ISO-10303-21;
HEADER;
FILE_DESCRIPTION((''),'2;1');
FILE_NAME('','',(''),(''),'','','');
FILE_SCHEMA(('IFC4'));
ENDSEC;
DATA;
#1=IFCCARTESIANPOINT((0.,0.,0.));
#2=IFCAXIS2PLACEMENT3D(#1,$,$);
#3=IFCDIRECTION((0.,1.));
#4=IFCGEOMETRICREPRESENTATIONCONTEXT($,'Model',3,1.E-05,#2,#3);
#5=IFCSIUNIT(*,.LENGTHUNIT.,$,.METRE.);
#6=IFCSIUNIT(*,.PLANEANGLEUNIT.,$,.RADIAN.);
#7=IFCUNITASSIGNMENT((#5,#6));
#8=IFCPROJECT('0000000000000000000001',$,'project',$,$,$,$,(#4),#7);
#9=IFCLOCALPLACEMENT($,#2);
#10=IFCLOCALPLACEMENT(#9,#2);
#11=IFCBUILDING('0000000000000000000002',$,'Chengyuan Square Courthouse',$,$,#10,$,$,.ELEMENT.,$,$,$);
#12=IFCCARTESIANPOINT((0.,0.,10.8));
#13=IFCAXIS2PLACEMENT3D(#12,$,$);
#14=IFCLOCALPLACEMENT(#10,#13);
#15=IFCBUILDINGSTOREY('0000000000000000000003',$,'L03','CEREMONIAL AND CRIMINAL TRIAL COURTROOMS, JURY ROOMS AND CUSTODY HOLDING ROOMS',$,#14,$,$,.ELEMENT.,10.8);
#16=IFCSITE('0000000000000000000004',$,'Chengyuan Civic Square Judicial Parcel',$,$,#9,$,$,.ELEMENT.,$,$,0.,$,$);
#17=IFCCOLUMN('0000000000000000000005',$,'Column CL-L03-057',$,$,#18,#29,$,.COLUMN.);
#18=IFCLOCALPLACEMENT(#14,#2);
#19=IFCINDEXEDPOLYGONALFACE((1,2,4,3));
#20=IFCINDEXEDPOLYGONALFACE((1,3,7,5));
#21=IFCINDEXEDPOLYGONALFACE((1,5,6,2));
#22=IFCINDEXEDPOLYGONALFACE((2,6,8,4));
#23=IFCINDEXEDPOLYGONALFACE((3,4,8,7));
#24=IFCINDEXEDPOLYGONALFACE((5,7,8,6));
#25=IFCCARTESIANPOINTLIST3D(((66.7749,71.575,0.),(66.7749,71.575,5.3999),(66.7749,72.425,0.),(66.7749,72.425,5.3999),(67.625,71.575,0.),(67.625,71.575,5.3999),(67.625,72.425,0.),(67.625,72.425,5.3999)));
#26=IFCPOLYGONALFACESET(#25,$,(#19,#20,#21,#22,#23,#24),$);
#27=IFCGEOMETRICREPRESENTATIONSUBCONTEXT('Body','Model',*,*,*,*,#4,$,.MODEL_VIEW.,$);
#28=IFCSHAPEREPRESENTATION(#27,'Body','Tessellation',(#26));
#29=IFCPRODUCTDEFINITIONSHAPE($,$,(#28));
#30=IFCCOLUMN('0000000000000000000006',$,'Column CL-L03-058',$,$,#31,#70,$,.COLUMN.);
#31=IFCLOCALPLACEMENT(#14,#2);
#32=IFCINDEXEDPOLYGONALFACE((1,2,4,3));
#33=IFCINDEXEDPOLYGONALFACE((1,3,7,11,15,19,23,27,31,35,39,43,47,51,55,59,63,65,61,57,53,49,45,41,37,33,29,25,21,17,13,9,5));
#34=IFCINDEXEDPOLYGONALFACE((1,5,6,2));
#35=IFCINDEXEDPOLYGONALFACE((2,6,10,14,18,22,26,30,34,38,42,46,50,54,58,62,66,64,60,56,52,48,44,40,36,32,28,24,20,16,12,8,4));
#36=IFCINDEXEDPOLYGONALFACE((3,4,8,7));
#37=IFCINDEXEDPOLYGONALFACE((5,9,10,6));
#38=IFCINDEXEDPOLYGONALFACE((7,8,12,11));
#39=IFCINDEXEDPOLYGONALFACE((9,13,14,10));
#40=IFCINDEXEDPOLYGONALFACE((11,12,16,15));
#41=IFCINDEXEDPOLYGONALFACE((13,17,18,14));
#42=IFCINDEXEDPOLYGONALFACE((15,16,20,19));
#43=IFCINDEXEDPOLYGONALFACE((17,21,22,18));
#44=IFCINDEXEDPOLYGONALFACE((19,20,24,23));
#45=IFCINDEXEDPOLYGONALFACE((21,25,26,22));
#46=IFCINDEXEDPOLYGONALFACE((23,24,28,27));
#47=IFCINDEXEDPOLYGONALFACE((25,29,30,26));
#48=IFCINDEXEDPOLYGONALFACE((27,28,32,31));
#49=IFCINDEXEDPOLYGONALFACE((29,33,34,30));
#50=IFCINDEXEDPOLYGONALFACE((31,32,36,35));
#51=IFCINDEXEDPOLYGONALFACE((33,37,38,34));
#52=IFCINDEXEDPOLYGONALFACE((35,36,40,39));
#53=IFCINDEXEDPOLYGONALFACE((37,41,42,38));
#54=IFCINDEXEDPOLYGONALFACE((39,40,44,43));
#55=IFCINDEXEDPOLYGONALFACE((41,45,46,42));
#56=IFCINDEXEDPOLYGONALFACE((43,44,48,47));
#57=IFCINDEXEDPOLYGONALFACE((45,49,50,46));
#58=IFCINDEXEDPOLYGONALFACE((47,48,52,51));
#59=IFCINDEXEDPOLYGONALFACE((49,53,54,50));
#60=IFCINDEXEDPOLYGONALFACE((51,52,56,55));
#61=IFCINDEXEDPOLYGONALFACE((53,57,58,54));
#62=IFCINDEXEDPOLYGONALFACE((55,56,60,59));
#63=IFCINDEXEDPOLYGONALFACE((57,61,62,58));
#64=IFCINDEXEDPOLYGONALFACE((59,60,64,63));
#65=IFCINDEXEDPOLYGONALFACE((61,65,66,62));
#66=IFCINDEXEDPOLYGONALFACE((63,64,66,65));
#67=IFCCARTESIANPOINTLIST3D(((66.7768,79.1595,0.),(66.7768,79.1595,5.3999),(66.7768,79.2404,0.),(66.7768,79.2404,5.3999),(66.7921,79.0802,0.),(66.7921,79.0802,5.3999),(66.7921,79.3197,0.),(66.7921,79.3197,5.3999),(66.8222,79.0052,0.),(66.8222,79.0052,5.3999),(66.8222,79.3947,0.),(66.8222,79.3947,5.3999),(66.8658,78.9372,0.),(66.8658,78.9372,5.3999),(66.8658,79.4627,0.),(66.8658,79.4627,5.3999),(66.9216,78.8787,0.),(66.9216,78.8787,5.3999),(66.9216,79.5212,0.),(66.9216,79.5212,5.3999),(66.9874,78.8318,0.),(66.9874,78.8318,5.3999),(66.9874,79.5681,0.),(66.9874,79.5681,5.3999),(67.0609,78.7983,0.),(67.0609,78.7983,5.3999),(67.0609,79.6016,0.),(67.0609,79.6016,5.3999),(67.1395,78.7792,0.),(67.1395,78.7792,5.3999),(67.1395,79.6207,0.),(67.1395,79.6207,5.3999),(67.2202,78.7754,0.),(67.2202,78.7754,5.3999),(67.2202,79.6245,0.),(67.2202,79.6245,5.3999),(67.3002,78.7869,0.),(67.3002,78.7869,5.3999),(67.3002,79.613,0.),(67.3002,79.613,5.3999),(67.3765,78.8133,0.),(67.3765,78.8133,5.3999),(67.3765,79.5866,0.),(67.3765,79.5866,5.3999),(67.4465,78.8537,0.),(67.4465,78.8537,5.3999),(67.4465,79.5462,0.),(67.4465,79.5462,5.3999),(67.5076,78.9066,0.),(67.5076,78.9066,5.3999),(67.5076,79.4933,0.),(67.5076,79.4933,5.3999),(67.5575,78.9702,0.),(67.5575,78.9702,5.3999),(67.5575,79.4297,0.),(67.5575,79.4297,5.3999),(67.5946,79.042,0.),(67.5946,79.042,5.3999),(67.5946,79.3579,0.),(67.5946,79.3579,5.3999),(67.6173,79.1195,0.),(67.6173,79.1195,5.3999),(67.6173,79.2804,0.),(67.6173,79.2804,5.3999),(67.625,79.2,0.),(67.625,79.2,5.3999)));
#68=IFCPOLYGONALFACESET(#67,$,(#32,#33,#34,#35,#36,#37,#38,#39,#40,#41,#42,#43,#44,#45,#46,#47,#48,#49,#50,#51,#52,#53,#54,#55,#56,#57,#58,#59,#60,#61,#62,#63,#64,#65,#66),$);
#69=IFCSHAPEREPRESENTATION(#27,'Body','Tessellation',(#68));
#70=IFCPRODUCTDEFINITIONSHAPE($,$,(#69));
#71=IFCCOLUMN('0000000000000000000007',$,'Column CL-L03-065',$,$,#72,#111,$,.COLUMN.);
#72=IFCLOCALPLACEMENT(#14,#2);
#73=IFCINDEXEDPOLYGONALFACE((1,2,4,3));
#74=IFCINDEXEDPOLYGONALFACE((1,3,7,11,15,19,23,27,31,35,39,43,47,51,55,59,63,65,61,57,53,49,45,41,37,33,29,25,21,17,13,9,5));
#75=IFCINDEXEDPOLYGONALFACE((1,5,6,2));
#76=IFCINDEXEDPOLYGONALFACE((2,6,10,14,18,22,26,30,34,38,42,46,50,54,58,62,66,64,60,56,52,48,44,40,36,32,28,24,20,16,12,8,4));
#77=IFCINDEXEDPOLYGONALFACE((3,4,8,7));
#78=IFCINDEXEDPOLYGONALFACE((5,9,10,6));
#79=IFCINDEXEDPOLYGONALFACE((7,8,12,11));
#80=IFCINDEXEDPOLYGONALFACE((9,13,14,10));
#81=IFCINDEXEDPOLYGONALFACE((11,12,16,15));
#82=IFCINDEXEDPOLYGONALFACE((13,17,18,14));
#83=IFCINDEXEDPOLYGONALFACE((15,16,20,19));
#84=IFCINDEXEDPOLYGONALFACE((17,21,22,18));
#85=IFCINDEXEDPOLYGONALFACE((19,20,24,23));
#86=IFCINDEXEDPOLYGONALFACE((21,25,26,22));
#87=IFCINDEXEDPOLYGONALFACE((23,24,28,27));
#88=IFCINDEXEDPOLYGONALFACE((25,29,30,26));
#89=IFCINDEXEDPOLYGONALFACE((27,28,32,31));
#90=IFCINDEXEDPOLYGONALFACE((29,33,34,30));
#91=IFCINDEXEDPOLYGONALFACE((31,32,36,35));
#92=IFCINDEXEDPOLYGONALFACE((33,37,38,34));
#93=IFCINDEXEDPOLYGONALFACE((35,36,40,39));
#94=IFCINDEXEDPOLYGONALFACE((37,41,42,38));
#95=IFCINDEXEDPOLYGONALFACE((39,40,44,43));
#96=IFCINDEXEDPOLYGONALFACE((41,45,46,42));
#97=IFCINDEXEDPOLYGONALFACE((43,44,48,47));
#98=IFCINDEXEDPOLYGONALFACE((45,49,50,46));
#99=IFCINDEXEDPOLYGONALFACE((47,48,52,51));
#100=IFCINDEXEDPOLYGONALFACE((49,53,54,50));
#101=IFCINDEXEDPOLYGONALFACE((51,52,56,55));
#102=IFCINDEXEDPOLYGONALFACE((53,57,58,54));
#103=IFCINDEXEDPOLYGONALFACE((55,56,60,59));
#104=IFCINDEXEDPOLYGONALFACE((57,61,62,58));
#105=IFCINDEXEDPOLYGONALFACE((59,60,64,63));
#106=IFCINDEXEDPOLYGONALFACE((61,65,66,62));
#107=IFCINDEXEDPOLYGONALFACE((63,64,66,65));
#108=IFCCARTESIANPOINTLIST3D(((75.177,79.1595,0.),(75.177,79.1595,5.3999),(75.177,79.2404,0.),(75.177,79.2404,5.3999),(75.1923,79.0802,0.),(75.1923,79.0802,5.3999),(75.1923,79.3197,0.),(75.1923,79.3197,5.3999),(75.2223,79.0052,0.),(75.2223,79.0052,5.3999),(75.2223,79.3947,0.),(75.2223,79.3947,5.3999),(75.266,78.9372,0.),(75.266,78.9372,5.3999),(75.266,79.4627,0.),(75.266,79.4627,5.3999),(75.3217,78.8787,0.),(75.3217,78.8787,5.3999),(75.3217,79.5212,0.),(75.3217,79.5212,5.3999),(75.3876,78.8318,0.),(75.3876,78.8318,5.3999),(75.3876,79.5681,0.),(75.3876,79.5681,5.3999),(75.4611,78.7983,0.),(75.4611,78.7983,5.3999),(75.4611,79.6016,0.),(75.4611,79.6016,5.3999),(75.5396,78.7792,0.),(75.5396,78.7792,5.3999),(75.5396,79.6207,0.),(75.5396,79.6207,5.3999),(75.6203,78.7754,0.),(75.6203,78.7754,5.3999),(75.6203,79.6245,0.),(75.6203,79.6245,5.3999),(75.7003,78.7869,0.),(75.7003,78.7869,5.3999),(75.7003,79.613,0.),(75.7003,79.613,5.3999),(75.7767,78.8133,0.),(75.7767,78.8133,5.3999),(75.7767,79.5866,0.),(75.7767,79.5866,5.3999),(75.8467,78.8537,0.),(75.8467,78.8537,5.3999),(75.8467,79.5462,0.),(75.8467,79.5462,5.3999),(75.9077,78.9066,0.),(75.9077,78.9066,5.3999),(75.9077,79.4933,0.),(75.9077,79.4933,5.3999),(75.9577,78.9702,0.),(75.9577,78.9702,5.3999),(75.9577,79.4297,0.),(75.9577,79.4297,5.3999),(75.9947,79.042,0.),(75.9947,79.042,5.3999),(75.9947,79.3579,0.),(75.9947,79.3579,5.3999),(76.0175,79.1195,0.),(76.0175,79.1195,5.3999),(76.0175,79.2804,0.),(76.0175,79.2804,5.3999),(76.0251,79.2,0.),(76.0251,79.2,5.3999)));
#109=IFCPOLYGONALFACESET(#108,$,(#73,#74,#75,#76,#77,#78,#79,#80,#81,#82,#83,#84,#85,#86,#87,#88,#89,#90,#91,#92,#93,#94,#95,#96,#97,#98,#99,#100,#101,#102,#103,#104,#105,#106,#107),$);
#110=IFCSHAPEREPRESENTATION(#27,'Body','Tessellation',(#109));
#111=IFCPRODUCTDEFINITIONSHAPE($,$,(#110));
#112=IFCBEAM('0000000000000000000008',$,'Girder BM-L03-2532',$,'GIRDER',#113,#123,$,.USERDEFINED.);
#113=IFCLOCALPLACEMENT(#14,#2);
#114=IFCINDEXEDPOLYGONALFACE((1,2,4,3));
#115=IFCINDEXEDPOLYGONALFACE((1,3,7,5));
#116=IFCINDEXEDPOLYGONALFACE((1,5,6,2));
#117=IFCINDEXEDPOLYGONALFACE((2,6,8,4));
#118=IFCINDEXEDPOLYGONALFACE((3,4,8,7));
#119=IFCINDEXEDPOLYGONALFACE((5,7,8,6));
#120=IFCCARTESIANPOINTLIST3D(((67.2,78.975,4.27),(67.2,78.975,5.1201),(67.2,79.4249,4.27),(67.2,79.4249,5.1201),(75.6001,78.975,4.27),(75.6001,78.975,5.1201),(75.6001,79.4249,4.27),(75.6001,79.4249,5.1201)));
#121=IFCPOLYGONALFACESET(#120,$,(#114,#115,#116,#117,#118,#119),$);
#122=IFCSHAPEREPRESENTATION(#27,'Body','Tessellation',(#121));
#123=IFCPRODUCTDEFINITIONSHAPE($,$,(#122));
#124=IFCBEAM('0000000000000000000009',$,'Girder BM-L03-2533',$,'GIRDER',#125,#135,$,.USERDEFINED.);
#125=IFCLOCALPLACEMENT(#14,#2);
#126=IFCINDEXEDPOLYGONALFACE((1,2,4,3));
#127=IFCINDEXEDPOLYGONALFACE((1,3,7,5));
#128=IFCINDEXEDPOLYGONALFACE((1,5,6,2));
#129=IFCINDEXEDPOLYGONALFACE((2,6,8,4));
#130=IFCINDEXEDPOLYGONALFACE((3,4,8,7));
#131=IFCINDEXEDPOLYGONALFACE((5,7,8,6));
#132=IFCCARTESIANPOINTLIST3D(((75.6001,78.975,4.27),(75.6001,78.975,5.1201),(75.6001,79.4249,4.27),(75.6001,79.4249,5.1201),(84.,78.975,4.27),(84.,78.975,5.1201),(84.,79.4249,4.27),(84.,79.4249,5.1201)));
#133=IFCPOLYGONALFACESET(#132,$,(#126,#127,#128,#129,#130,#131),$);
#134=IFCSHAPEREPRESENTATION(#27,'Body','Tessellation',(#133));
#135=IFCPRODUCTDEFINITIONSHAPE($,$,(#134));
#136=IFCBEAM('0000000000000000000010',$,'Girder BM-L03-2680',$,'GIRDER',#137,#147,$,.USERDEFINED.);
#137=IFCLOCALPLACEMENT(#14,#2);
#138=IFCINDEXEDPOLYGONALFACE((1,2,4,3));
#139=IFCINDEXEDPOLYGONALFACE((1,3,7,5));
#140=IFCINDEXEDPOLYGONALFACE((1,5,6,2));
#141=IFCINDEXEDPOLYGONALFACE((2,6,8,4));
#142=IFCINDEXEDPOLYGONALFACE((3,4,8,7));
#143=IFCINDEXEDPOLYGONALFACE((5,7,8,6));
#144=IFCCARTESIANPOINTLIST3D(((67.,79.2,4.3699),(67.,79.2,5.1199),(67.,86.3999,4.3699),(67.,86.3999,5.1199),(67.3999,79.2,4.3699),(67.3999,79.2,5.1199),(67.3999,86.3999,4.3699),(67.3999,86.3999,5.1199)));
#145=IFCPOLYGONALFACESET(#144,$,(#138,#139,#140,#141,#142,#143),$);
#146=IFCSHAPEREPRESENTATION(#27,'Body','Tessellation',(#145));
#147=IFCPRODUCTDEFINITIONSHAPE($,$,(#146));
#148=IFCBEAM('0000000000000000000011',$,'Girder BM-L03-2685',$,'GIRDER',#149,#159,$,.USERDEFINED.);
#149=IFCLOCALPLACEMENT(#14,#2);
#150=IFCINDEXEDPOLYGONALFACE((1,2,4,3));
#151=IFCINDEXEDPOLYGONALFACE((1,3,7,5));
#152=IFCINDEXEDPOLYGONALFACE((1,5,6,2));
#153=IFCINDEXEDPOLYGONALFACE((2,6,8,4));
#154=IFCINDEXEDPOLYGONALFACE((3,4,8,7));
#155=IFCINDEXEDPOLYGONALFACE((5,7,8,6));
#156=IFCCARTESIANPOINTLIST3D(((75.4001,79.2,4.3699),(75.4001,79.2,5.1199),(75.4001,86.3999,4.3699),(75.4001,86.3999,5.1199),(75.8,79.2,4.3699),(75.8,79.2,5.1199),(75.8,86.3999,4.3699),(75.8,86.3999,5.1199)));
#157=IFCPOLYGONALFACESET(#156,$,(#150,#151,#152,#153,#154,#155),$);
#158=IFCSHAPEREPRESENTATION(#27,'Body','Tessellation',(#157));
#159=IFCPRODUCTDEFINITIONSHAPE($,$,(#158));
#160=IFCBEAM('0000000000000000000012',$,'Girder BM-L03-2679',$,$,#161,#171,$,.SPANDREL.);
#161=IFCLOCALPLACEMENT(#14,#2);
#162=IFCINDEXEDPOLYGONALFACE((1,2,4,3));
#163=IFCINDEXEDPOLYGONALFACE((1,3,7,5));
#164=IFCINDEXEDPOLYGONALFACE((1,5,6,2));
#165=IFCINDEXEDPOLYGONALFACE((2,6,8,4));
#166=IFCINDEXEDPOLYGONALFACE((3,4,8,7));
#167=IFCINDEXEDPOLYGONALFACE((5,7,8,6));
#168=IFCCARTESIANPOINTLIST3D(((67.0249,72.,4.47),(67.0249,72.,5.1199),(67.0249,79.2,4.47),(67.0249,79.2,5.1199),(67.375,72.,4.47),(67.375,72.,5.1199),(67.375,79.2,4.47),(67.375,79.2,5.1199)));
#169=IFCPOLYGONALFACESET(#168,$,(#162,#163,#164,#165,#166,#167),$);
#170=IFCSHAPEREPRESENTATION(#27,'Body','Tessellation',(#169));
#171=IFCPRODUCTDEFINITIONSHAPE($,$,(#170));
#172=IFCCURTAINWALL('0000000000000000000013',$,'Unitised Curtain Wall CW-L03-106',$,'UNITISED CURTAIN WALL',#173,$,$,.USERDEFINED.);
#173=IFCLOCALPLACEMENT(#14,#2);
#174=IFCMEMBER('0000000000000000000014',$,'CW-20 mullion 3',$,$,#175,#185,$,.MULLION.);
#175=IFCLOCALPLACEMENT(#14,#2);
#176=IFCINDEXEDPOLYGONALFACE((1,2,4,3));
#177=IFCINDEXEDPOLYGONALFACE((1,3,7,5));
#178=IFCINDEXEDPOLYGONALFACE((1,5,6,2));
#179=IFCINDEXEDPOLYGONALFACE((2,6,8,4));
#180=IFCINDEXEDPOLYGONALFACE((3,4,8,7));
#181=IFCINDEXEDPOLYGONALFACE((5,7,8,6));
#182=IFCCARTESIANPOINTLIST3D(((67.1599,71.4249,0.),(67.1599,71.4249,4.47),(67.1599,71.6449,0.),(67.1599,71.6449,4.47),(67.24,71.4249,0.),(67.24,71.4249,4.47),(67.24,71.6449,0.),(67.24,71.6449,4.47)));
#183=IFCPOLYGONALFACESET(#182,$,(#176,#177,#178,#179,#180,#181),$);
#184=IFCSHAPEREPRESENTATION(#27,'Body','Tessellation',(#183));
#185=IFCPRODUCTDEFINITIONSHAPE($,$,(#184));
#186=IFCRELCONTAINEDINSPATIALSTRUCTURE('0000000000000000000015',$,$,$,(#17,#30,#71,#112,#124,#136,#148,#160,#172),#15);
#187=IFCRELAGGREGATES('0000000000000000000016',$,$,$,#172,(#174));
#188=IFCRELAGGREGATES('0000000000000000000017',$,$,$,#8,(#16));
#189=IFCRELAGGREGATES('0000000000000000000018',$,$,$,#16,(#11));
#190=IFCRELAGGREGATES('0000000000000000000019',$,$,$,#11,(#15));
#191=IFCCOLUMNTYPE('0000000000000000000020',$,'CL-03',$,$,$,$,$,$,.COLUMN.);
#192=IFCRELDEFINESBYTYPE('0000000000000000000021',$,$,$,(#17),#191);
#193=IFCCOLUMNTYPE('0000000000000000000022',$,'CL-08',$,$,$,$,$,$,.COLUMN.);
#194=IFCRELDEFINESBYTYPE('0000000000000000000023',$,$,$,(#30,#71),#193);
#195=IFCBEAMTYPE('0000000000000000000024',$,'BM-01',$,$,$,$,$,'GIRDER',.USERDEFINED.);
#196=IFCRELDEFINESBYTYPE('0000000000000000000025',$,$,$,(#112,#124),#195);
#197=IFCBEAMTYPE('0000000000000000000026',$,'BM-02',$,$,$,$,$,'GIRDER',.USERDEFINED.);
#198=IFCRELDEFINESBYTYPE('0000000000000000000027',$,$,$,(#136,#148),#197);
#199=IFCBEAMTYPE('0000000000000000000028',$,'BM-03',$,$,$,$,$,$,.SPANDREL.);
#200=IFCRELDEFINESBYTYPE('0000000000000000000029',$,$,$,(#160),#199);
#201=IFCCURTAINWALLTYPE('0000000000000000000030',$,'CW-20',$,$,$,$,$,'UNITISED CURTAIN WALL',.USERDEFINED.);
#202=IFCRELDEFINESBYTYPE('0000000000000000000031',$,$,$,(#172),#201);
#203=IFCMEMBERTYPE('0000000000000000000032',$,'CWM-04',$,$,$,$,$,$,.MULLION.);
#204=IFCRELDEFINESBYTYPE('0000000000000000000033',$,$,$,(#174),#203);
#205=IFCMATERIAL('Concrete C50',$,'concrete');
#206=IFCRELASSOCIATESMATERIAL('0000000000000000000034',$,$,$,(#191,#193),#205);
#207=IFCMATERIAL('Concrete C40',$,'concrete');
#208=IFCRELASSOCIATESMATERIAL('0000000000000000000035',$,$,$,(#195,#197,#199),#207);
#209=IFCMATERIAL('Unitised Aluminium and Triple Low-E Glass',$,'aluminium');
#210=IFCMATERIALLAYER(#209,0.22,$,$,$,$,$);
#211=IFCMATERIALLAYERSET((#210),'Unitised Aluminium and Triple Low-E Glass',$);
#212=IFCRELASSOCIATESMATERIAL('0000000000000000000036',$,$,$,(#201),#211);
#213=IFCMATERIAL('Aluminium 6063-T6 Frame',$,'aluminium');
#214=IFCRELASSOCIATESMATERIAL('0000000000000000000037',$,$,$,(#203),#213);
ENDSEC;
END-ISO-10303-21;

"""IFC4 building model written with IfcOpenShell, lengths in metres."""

from ifc_helpers import new_model, si_unit, direction, frame, origin, origin_2d, place, context, subcontext, project, spatial, rectangle, circle, extrude, material, layer, layer_set, material_profile, profile_set, type_object, element, aggregate, save


model = new_model("IFC4")

# Units and contexts
model_context = context("Model", 3, precision=1e-05, world=origin(), true_north=direction((0.0, 1.0)))
body_context = subcontext(model_context, "Body", "Model", "MODEL_VIEW")
ifc_project = project(units=[si_unit("LENGTHUNIT", "METRE"), si_unit("PLANEANGLEUNIT", "RADIAN")], contexts=[model_context])

# Site, building, storey
site_placement = place(None, origin())
site = spatial("IfcSite", under=ifc_project, at=site_placement, Name="Chengyuan Civic Square Judicial Parcel", CompositionType="ELEMENT", RefElevation=0.0)
building_placement = place(site_placement, origin())
building = spatial("IfcBuilding", under=site, at=building_placement, Name="Chengyuan Square Courthouse", CompositionType="ELEMENT")
storey_placement = place(building_placement, frame((0.0, 0.0, 10.8)))
storey = spatial("IfcBuildingStorey", under=building, at=storey_placement, Name="L03", Description="CEREMONIAL AND CRIMINAL TRIAL COURTROOMS, JURY ROOMS AND CUSTODY HOLDING ROOMS", CompositionType="ELEMENT", Elevation=10.8)

# Columns
ifc_material_1 = material(Name="Concrete C50", Category="concrete")
ifc_material_profile_1 = material_profile(ifc_material_1, rectangle(XDim=0.8501, YDim=0.8501, at=origin_2d()), Name="RC-COL-850x850")
ifc_profile_set_1 = profile_set([ifc_material_profile_1], Name="Concrete C50")
column_type_1 = type_object("IfcColumnType", Name="CL-03", PredefinedType="COLUMN", material=ifc_profile_set_1)
column_placement = place(storey_placement, frame((67.2, 72.0, 0.0), z_axis=(0.0, 0.0, 1.0), x_axis=(1.0, 0.0, 0.0)))
element("IfcColumn", 1, at=column_placement, inside=storey, type_object=column_type_1, Name="Column CL-L03-057", PredefinedType="COLUMN", context=body_context, shape_type="SweptSolid", body=[
    extrude(rectangle(XDim=0.8501, YDim=0.8501, at=origin_2d()), origin(), (0.0, 0.0, 1.0), 5.3999),
])
ifc_material_profile_2 = material_profile(ifc_material_1, circle(Radius=0.425, at=origin_2d()), Name="RC-COL-D850")
ifc_profile_set_2 = profile_set([ifc_material_profile_2], Name="Concrete C50")
column_type_2 = type_object("IfcColumnType", Name="CL-08", PredefinedType="COLUMN", material=ifc_profile_set_2)
for number, where, z_axis, x_axis, name in (
    (2, (67.2, 79.2, 0.0), (0.0, 0.0, 1.0), (1.0, 0.0, 0.0), "Column CL-L03-058"),
    (3, (75.6001, 79.2, 0.0), (0.0, 0.0, 1.0), (1.0, 0.0, 0.0), "Column CL-L03-065"),
):
    element("IfcColumn", number, at=place(storey_placement, frame(where, z_axis=z_axis, x_axis=x_axis)), inside=storey, type_object=column_type_2, Name=name, PredefinedType="COLUMN", context=body_context, shape_type="SweptSolid", body=[
        extrude(circle(Radius=0.425, at=origin_2d()), origin(), (0.0, 0.0, 1.0), 5.3999),
    ])

# Beams
ifc_material_2 = material(Name="Concrete C40", Category="concrete")
ifc_material_profile_3 = material_profile(ifc_material_2, rectangle(XDim=0.45, YDim=0.8501, at=origin_2d()), Name="RC-BM-450x850")
ifc_profile_set_3 = profile_set([ifc_material_profile_3], Name="Concrete C40")
beam_type_1 = type_object("IfcBeamType", Name="BM-01", ElementType="GIRDER", PredefinedType="USERDEFINED", material=ifc_profile_set_3)
beam_1_placement = place(storey_placement, frame((67.2, 79.2, 4.6951), z_axis=(1.0, 0.0, 0.0), x_axis=(0.0, 1.0, 0.0)))
element("IfcBeam", 4, at=beam_1_placement, inside=storey, type_object=beam_type_1, Name="Girder BM-L03-2532", ObjectType="GIRDER", PredefinedType="USERDEFINED", context=body_context, shape_type="SweptSolid", body=[
    extrude(rectangle(XDim=0.45, YDim=0.8501, at=origin_2d()), origin(), (0.0, 0.0, 1.0), 8.4001),
])
beam_2_placement = place(storey_placement, frame((75.6001, 79.2, 4.6951), z_axis=(1.0, 0.0, 0.0), x_axis=(0.0, 1.0, 0.0)))
element("IfcBeam", 5, at=beam_2_placement, inside=storey, type_object=beam_type_1, Name="Girder BM-L03-2533", ObjectType="GIRDER", PredefinedType="USERDEFINED", context=body_context, shape_type="SweptSolid", body=[
    extrude(rectangle(XDim=0.45, YDim=0.8501, at=origin_2d()), origin(), (0.0, 0.0, 1.0), 8.3999),
])
ifc_material_profile_4 = material_profile(ifc_material_2, rectangle(XDim=0.3999, YDim=0.75, at=origin_2d()), Name="RC-BM-400x750")
ifc_profile_set_4 = profile_set([ifc_material_profile_4], Name="Concrete C40")
beam_type_2 = type_object("IfcBeamType", Name="BM-02", ElementType="GIRDER", PredefinedType="USERDEFINED", material=ifc_profile_set_4)
for number, where, z_axis, x_axis, name in (
    (6, (67.2, 79.2, 4.7449), (0.0, 1.0, 0.0), (-1.0, 0.0, 0.0), "Girder BM-L03-2680"),
    (7, (75.6001, 79.2, 4.7449), (0.0, 1.0, 0.0), (-1.0, 0.0, 0.0), "Girder BM-L03-2685"),
):
    element("IfcBeam", number, at=place(storey_placement, frame(where, z_axis=z_axis, x_axis=x_axis)), inside=storey, type_object=beam_type_2, Name=name, ObjectType="GIRDER", PredefinedType="USERDEFINED", context=body_context, shape_type="SweptSolid", body=[
        extrude(rectangle(XDim=0.3999, YDim=0.75, at=origin_2d()), origin(), (0.0, 0.0, 1.0), 7.2),
    ])
ifc_material_profile_5 = material_profile(ifc_material_2, rectangle(XDim=0.3501, YDim=0.6499, at=origin_2d()), Name="RC-BM-350x650")
ifc_profile_set_5 = profile_set([ifc_material_profile_5], Name="Concrete C40")
beam_type_3 = type_object("IfcBeamType", Name="BM-03", PredefinedType="SPANDREL", material=ifc_profile_set_5)
beam_3_placement = place(storey_placement, frame((67.2, 72.0, 4.7949), z_axis=(0.0, 1.0, 0.0), x_axis=(-1.0, 0.0, 0.0)))
element("IfcBeam", 8, at=beam_3_placement, inside=storey, type_object=beam_type_3, Name="Girder BM-L03-2679", PredefinedType="SPANDREL", context=body_context, shape_type="SweptSolid", body=[
    extrude(rectangle(XDim=0.3501, YDim=0.6499, at=origin_2d()), origin(), (0.0, 0.0, 1.0), 7.2),
])

# Curtain wall, member
ifc_material_3 = material(Name="Unitised Aluminium and Triple Low-E Glass", Category="aluminium")
ifc_layer_1 = layer(ifc_material_3, 0.22)
ifc_layer_set_1 = layer_set([ifc_layer_1], Name="Unitised Aluminium and Triple Low-E Glass")
curtain_wall_type = type_object("IfcCurtainWallType", Name="CW-20", ElementType="UNITISED CURTAIN WALL", PredefinedType="USERDEFINED", material=ifc_layer_set_1)
curtain_wall_1_placement = place(storey_placement, origin())
curtain_wall_1 = element("IfcCurtainWall", 9, at=curtain_wall_1_placement, inside=storey, type_object=curtain_wall_type, Name="Unitised Curtain Wall CW-L03-106", ObjectType="UNITISED CURTAIN WALL", PredefinedType="USERDEFINED")
ifc_material_4 = material(Name="Aluminium 6063-T6 Frame", Category="aluminium")
ifc_material_profile_6 = material_profile(ifc_material_4, rectangle(XDim=0.0801, YDim=0.22, at=origin_2d()), Name="CW-MUL-80x220")
ifc_profile_set_6 = profile_set([ifc_material_profile_6], Name="Aluminium 6063-T6 Frame")
member_type_1 = type_object("IfcMemberType", Name="CWM-04", PredefinedType="MULLION", material=ifc_profile_set_6)
member_1_placement = place(storey_placement, frame((67.2, 71.5349, 0.0), z_axis=(0.0, 0.0, 1.0), x_axis=(-1.0, 0.0, 0.0)))
member_1 = element("IfcMember", 10, at=member_1_placement, type_object=member_type_1, Name="CW-20 mullion 3", PredefinedType="MULLION", context=body_context, shape_type="SweptSolid", body=[
    extrude(rectangle(XDim=0.0801, YDim=0.22, at=origin_2d()), origin(), (0.0, 0.0, 1.0), 4.47),
])

aggregate(curtain_wall_1, [member_1])

save(model, "model.ifc")
